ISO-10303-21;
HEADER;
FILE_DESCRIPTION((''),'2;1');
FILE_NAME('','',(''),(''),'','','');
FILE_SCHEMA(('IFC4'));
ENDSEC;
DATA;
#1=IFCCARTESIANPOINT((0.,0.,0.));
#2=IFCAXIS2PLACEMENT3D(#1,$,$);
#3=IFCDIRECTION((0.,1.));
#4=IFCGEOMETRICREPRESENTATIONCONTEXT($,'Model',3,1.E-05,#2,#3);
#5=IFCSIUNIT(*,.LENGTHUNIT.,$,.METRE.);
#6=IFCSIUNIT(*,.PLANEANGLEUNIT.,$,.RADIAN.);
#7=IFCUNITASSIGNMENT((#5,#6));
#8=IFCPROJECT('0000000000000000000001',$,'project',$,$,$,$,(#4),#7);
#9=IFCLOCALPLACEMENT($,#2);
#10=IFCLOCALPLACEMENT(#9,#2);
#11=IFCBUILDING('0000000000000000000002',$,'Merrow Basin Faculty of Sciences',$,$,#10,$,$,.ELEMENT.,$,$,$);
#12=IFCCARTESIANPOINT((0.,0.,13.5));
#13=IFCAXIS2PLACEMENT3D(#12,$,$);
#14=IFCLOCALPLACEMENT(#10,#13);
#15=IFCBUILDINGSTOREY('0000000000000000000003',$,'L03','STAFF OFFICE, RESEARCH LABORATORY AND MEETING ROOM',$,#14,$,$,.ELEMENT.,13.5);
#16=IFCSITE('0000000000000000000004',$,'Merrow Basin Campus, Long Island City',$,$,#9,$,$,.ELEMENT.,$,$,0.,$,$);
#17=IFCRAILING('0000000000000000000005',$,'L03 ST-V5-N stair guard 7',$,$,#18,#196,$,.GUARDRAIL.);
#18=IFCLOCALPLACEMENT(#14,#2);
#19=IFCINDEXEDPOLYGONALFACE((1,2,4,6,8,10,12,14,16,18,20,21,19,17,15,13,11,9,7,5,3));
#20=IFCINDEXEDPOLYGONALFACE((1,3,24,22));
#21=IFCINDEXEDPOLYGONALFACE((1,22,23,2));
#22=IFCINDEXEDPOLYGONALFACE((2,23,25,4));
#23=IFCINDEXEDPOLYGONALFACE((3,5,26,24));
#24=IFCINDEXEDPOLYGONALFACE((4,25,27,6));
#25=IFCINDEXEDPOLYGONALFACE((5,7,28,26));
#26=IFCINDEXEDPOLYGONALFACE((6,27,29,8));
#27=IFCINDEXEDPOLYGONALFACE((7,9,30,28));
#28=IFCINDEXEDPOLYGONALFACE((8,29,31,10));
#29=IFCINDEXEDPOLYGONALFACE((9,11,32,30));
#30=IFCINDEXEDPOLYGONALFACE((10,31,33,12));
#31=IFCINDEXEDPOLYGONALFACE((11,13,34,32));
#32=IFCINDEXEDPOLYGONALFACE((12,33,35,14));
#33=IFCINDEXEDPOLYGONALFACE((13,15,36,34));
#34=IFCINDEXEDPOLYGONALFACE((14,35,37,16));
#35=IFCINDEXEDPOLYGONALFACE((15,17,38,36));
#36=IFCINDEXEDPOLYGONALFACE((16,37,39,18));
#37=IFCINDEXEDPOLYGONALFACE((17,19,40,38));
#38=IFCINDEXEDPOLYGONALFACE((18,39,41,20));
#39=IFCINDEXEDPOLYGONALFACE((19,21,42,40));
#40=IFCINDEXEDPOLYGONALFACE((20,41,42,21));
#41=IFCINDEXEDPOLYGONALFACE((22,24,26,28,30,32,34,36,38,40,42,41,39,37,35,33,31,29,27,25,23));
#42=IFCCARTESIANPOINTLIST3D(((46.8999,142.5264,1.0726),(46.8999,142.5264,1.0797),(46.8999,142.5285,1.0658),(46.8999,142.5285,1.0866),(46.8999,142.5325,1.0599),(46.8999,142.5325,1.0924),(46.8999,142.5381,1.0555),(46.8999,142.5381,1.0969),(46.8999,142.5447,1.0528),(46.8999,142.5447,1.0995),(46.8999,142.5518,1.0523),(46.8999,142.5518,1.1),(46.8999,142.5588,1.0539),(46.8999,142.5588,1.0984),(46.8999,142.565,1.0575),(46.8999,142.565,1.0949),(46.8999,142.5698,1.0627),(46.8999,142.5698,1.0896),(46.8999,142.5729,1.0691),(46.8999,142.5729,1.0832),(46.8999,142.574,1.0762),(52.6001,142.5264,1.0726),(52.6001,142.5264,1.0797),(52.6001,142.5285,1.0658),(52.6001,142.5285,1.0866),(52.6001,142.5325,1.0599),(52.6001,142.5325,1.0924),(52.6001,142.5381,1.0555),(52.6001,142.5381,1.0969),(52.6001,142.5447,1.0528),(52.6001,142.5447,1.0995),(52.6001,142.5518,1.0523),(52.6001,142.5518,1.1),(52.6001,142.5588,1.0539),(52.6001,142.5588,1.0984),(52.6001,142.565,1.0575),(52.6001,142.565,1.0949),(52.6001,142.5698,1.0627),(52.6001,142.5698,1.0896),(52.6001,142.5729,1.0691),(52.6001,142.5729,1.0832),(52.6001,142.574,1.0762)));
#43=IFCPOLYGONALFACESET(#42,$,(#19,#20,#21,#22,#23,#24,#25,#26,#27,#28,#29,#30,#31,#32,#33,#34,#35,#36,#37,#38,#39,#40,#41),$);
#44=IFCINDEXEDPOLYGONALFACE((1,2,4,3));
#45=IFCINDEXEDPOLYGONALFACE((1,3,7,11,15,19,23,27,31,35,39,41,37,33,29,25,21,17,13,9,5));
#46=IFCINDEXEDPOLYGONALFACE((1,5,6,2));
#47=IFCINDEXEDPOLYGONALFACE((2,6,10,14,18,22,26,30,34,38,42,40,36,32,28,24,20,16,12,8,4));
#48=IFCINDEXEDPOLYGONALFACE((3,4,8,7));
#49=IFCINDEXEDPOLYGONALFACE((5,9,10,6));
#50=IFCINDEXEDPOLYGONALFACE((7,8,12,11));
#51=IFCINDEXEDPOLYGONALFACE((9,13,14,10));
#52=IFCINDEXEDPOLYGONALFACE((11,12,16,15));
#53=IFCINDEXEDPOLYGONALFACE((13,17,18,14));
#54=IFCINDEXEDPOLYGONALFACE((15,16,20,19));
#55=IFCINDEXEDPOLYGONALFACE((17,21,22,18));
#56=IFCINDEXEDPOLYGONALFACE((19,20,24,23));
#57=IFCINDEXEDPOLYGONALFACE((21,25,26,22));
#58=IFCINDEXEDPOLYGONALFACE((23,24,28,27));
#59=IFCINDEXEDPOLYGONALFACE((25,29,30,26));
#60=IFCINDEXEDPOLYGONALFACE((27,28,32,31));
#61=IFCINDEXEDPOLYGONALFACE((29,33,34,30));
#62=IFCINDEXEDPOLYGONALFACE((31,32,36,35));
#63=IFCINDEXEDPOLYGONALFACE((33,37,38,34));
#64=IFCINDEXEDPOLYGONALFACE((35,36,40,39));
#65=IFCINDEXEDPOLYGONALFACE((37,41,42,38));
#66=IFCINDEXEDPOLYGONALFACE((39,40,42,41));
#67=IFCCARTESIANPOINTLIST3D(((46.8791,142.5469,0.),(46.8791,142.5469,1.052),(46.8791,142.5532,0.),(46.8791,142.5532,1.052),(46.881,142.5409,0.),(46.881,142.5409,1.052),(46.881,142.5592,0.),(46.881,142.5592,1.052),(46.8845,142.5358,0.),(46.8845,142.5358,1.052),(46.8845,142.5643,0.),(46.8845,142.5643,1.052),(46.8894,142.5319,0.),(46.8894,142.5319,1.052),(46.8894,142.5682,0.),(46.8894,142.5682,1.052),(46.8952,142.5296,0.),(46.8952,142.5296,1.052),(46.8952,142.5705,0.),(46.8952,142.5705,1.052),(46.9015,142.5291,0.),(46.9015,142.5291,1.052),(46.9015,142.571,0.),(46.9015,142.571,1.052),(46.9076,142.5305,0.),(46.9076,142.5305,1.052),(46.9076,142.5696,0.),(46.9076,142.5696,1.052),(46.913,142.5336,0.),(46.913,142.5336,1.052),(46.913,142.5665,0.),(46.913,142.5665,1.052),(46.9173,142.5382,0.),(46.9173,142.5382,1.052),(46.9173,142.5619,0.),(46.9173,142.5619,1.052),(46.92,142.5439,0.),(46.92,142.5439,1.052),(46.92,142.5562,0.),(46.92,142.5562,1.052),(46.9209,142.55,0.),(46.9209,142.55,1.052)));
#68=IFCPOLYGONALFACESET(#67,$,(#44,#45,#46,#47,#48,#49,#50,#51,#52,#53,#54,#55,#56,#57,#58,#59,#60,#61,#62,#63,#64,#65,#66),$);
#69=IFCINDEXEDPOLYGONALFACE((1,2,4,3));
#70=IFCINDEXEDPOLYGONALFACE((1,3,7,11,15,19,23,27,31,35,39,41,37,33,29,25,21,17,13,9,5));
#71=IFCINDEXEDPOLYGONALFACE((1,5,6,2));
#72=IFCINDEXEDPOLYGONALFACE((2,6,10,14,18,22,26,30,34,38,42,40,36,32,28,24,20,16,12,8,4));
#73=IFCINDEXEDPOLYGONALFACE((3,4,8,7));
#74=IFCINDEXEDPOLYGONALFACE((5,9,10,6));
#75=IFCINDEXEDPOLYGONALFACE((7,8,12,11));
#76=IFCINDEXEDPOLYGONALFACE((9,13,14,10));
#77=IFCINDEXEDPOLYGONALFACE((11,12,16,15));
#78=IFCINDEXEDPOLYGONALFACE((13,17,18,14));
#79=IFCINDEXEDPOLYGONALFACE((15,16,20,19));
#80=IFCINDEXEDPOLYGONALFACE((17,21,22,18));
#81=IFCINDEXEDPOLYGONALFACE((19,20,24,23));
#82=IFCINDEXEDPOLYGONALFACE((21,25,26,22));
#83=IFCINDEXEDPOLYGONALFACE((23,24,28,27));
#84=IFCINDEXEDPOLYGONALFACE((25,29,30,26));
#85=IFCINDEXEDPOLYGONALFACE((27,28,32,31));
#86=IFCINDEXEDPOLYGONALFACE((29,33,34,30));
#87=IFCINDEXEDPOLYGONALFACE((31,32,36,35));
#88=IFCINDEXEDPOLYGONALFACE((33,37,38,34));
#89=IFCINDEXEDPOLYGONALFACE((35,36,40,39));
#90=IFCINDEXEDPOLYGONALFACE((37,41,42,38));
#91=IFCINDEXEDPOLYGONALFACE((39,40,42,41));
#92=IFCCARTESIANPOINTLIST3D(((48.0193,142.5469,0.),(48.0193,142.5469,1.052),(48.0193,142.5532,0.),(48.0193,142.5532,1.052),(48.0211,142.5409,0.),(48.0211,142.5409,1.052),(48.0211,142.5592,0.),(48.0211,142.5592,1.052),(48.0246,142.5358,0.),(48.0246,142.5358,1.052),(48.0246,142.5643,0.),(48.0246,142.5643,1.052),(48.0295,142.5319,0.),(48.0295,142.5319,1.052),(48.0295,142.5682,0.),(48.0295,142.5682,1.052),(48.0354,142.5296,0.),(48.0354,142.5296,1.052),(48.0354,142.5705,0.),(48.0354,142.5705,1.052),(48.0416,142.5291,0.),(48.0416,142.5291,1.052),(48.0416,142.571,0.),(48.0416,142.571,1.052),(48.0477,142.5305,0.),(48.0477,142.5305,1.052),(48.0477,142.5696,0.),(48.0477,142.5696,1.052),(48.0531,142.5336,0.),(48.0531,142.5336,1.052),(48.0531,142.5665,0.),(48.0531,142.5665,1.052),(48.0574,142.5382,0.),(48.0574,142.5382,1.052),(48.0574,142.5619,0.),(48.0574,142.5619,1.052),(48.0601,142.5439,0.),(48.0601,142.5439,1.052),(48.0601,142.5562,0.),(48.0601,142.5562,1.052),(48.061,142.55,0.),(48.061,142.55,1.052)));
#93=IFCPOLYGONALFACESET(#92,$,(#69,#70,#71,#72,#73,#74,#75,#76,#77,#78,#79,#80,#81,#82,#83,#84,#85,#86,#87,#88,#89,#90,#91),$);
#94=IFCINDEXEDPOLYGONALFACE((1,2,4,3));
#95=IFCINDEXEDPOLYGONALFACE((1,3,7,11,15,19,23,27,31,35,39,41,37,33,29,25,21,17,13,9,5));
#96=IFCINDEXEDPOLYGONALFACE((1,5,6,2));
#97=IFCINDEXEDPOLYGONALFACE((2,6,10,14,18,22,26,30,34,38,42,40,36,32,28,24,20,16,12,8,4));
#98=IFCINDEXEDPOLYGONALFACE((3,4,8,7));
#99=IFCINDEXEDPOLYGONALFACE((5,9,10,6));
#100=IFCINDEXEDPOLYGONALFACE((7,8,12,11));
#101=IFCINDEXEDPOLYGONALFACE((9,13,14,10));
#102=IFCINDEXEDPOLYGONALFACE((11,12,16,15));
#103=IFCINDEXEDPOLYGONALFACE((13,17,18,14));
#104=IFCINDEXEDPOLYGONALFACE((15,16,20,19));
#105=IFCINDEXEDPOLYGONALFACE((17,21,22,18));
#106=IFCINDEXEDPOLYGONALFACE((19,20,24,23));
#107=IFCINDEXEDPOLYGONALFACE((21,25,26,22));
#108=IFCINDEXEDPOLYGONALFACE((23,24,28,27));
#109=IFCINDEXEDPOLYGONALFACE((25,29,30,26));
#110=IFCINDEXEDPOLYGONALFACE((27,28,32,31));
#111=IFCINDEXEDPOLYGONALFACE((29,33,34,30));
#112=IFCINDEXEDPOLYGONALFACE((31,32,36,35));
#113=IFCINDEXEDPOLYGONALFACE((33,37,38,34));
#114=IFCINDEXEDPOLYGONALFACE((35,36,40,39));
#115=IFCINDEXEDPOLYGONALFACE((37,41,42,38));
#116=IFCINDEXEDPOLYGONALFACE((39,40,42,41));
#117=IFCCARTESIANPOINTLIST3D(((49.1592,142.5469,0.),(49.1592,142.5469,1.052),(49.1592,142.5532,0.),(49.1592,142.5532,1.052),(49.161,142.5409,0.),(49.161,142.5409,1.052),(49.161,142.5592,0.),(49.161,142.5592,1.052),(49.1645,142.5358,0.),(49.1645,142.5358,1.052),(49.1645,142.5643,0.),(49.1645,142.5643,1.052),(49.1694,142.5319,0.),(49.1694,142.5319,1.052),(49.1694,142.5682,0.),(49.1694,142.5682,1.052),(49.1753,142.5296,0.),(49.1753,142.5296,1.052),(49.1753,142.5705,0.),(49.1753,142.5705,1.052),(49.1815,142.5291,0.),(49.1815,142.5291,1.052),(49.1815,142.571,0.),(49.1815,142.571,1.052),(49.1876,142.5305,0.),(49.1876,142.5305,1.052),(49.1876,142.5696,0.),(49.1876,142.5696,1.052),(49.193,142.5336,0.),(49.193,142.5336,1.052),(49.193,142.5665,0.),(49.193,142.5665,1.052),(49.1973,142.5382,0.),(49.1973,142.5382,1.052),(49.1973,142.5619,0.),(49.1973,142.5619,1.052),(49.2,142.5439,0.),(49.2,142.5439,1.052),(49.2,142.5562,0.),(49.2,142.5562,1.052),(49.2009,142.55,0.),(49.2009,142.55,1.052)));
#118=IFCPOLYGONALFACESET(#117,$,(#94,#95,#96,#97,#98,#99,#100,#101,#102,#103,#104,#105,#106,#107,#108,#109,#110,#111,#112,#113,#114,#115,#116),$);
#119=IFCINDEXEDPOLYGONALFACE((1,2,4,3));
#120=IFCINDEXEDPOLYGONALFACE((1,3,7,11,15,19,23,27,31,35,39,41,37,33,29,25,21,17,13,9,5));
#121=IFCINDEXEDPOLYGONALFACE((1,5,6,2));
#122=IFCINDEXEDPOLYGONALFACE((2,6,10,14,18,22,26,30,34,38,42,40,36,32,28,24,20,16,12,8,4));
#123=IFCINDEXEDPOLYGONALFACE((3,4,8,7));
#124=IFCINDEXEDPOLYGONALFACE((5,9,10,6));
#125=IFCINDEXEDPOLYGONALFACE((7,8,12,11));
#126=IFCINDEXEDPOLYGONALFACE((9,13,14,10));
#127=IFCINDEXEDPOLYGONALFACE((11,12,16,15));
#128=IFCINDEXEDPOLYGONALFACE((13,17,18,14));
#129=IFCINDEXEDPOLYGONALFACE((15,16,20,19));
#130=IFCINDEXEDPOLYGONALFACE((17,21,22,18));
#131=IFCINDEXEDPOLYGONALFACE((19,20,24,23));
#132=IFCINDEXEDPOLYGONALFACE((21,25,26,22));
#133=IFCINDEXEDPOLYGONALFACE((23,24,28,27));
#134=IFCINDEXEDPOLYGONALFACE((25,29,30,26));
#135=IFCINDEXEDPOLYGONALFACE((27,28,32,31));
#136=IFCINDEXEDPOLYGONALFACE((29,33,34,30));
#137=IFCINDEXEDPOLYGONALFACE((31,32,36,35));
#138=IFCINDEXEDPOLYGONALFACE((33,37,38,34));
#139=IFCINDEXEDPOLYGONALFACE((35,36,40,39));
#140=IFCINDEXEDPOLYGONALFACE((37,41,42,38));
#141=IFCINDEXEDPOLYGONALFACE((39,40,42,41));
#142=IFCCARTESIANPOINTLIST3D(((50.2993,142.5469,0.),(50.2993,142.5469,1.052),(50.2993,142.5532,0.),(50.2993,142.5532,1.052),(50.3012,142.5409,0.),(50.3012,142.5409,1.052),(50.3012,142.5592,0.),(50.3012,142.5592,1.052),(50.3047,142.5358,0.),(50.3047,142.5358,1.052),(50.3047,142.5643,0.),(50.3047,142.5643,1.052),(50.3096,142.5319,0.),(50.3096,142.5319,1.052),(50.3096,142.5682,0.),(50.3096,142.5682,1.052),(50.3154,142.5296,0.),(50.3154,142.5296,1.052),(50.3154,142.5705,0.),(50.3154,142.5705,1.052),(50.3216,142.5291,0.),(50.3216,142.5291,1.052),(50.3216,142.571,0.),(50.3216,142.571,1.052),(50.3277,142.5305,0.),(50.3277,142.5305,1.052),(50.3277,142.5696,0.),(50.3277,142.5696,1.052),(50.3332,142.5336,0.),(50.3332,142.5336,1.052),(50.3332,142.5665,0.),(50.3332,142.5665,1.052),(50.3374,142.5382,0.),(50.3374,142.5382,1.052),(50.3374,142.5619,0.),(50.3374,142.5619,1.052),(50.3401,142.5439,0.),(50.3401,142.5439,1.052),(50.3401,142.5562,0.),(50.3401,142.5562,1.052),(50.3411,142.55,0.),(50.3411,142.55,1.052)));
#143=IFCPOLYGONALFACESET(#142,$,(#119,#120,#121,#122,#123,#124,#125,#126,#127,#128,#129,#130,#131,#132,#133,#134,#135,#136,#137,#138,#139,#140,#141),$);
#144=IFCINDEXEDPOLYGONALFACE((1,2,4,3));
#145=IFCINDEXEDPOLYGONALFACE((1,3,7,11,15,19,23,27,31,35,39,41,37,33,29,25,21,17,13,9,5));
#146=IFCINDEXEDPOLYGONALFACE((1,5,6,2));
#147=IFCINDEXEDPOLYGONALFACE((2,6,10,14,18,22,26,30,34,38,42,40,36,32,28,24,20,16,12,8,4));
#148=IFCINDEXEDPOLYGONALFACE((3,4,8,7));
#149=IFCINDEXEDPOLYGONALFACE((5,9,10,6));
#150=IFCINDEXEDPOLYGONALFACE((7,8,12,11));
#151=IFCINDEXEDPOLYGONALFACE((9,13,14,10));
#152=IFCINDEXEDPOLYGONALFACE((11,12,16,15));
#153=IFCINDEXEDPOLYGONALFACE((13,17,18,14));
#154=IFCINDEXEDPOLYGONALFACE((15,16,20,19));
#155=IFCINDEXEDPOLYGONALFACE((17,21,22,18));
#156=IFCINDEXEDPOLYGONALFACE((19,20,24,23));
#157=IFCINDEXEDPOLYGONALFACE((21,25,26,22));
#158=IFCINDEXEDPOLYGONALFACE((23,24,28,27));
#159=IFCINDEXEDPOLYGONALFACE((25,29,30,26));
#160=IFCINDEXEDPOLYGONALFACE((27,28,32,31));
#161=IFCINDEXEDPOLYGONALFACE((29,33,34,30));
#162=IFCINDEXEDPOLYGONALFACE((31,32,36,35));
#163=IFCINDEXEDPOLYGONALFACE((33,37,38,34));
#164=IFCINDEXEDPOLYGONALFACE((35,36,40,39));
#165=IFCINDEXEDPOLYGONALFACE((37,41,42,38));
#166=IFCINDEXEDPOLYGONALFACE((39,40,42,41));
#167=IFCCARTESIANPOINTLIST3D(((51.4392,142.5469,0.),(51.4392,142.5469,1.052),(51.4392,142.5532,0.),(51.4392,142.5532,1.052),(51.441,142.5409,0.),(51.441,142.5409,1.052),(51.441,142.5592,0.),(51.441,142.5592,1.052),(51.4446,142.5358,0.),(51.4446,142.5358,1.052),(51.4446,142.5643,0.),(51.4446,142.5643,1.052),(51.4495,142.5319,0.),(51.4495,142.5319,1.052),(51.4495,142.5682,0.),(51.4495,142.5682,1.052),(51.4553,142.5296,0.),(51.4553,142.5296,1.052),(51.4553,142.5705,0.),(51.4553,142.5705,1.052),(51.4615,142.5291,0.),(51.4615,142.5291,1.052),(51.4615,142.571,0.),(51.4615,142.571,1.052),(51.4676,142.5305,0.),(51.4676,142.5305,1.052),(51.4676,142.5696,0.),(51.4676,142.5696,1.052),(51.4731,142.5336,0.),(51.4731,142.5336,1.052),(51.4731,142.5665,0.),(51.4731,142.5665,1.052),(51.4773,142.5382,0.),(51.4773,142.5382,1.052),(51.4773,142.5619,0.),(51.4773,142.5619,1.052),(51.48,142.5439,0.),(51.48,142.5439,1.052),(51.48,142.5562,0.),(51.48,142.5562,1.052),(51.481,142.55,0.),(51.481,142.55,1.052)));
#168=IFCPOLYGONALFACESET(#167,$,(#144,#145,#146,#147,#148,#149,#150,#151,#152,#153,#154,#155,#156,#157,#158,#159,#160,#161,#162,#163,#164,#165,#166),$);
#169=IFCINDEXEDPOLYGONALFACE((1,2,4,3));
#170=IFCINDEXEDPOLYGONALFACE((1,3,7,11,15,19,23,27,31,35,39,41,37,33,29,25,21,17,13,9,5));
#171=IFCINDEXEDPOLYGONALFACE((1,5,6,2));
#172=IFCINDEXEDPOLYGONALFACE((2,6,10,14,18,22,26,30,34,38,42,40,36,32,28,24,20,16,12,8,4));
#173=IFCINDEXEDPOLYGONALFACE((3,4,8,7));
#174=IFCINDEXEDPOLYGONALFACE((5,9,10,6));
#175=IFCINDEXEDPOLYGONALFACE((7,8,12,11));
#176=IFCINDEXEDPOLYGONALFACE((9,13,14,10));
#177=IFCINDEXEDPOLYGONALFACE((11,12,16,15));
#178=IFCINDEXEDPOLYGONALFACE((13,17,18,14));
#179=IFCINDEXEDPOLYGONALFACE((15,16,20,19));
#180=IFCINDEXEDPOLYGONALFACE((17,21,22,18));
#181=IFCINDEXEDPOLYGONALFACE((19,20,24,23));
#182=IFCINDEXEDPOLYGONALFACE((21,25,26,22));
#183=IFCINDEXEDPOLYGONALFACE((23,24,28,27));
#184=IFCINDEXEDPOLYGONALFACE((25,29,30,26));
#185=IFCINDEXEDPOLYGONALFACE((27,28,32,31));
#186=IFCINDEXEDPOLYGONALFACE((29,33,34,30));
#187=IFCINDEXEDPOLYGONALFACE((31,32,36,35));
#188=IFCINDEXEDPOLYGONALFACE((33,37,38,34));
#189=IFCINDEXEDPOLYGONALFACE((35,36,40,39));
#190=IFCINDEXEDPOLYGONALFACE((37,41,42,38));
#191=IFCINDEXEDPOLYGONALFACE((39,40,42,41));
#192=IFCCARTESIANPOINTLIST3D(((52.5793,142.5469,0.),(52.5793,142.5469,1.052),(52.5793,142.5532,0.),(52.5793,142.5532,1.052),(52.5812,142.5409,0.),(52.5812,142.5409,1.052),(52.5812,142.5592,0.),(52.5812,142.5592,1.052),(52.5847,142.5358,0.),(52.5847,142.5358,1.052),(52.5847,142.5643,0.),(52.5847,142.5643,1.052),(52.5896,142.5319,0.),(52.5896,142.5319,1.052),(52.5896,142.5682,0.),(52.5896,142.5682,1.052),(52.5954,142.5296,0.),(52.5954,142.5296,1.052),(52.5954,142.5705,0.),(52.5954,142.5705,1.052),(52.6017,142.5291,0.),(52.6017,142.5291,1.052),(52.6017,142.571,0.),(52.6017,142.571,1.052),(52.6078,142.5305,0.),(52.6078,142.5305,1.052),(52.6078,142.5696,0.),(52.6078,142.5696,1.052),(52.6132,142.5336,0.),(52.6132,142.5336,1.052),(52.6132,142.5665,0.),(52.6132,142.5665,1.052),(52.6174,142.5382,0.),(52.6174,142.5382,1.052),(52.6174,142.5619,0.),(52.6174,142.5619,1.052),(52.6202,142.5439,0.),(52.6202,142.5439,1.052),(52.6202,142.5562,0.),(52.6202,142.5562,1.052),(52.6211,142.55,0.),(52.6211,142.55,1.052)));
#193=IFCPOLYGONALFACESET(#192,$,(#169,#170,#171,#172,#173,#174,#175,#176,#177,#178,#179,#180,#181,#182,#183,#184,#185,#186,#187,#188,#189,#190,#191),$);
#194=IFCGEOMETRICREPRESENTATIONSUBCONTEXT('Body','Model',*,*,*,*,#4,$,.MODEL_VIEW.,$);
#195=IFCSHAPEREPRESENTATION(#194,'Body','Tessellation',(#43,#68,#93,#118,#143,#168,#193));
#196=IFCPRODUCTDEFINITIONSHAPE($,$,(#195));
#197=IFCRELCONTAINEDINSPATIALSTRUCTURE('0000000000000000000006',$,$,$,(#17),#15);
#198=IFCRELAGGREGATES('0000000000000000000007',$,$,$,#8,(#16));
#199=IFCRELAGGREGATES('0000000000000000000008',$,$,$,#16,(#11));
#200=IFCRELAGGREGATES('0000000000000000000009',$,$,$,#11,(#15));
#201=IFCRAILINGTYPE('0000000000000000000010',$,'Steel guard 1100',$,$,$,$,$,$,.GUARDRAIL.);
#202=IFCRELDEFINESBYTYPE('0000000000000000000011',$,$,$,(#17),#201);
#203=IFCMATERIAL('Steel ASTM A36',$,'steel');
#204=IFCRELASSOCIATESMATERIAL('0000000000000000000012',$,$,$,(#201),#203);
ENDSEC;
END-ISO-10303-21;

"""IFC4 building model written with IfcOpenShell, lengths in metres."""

from ifc_helpers import new_model, si_unit, direction, frame, origin, origin_2d, place, context, subcontext, project, spatial, circle, extrude, material, type_object, element, save


model = new_model("IFC4")

# Units and contexts
model_context = context("Model", 3, precision=1e-05, world=origin(), true_north=direction((0.0, 1.0)))
body_context = subcontext(model_context, "Body", "Model", "MODEL_VIEW")
ifc_project = project(units=[si_unit("LENGTHUNIT", "METRE"), si_unit("PLANEANGLEUNIT", "RADIAN")], contexts=[model_context])

# Site, building, storey
site_placement = place(None, origin())
site = spatial("IfcSite", under=ifc_project, at=site_placement, Name="Merrow Basin Campus, Long Island City", CompositionType="ELEMENT", RefElevation=0.0)
building_placement = place(site_placement, origin())
building = spatial("IfcBuilding", under=site, at=building_placement, Name="Merrow Basin Faculty of Sciences", CompositionType="ELEMENT")
storey_placement = place(building_placement, frame((0.0, 0.0, 13.5)))
storey = spatial("IfcBuildingStorey", under=building, at=storey_placement, Name="L03", Description="STAFF OFFICE, RESEARCH LABORATORY AND MEETING ROOM", CompositionType="ELEMENT", Elevation=13.5)

# Railing
ifc_material_1 = material(Name="Steel ASTM A36", Category="steel")
railing_type_1 = type_object("IfcRailingType", Name="Steel guard 1100", PredefinedType="GUARDRAIL", material=ifc_material_1)
railing_1_placement = place(storey_placement, frame((46.8999, 142.55, 0.0)))
element("IfcRailing", 1, at=railing_1_placement, inside=storey, type_object=railing_type_1, Name="L03 ST-V5-N stair guard 7", PredefinedType="GUARDRAIL", context=body_context, shape_type="SweptSolid", body=[
    extrude(circle(Radius=0.0239, at=origin_2d()), frame((0.0, 0.0, 1.0762), z_axis=(1.0, 0.0, 0.0), x_axis=(0.0, 1.0, 0.0)), (0.0, 0.0, 1.0), 5.7002),
    extrude(circle(Radius=0.021, at=origin_2d()), origin(), (0.0, 0.0, 1.0), 1.052),
    extrude(circle(Radius=0.021, at=origin_2d()), frame((1.1401, 0.0, 0.0)), (0.0, 0.0, 1.0), 1.052),
    extrude(circle(Radius=0.021, at=origin_2d()), frame((2.28, 0.0, 0.0)), (0.0, 0.0, 1.0), 1.052),
    extrude(circle(Radius=0.021, at=origin_2d()), frame((3.4202, 0.0, 0.0)), (0.0, 0.0, 1.0), 1.052),
    extrude(circle(Radius=0.021, at=origin_2d()), frame((4.5601, 0.0, 0.0)), (0.0, 0.0, 1.0), 1.052),
    extrude(circle(Radius=0.021, at=origin_2d()), frame((5.7002, 0.0, 0.0)), (0.0, 0.0, 1.0), 1.052),
])

save(model, "model.ifc")
